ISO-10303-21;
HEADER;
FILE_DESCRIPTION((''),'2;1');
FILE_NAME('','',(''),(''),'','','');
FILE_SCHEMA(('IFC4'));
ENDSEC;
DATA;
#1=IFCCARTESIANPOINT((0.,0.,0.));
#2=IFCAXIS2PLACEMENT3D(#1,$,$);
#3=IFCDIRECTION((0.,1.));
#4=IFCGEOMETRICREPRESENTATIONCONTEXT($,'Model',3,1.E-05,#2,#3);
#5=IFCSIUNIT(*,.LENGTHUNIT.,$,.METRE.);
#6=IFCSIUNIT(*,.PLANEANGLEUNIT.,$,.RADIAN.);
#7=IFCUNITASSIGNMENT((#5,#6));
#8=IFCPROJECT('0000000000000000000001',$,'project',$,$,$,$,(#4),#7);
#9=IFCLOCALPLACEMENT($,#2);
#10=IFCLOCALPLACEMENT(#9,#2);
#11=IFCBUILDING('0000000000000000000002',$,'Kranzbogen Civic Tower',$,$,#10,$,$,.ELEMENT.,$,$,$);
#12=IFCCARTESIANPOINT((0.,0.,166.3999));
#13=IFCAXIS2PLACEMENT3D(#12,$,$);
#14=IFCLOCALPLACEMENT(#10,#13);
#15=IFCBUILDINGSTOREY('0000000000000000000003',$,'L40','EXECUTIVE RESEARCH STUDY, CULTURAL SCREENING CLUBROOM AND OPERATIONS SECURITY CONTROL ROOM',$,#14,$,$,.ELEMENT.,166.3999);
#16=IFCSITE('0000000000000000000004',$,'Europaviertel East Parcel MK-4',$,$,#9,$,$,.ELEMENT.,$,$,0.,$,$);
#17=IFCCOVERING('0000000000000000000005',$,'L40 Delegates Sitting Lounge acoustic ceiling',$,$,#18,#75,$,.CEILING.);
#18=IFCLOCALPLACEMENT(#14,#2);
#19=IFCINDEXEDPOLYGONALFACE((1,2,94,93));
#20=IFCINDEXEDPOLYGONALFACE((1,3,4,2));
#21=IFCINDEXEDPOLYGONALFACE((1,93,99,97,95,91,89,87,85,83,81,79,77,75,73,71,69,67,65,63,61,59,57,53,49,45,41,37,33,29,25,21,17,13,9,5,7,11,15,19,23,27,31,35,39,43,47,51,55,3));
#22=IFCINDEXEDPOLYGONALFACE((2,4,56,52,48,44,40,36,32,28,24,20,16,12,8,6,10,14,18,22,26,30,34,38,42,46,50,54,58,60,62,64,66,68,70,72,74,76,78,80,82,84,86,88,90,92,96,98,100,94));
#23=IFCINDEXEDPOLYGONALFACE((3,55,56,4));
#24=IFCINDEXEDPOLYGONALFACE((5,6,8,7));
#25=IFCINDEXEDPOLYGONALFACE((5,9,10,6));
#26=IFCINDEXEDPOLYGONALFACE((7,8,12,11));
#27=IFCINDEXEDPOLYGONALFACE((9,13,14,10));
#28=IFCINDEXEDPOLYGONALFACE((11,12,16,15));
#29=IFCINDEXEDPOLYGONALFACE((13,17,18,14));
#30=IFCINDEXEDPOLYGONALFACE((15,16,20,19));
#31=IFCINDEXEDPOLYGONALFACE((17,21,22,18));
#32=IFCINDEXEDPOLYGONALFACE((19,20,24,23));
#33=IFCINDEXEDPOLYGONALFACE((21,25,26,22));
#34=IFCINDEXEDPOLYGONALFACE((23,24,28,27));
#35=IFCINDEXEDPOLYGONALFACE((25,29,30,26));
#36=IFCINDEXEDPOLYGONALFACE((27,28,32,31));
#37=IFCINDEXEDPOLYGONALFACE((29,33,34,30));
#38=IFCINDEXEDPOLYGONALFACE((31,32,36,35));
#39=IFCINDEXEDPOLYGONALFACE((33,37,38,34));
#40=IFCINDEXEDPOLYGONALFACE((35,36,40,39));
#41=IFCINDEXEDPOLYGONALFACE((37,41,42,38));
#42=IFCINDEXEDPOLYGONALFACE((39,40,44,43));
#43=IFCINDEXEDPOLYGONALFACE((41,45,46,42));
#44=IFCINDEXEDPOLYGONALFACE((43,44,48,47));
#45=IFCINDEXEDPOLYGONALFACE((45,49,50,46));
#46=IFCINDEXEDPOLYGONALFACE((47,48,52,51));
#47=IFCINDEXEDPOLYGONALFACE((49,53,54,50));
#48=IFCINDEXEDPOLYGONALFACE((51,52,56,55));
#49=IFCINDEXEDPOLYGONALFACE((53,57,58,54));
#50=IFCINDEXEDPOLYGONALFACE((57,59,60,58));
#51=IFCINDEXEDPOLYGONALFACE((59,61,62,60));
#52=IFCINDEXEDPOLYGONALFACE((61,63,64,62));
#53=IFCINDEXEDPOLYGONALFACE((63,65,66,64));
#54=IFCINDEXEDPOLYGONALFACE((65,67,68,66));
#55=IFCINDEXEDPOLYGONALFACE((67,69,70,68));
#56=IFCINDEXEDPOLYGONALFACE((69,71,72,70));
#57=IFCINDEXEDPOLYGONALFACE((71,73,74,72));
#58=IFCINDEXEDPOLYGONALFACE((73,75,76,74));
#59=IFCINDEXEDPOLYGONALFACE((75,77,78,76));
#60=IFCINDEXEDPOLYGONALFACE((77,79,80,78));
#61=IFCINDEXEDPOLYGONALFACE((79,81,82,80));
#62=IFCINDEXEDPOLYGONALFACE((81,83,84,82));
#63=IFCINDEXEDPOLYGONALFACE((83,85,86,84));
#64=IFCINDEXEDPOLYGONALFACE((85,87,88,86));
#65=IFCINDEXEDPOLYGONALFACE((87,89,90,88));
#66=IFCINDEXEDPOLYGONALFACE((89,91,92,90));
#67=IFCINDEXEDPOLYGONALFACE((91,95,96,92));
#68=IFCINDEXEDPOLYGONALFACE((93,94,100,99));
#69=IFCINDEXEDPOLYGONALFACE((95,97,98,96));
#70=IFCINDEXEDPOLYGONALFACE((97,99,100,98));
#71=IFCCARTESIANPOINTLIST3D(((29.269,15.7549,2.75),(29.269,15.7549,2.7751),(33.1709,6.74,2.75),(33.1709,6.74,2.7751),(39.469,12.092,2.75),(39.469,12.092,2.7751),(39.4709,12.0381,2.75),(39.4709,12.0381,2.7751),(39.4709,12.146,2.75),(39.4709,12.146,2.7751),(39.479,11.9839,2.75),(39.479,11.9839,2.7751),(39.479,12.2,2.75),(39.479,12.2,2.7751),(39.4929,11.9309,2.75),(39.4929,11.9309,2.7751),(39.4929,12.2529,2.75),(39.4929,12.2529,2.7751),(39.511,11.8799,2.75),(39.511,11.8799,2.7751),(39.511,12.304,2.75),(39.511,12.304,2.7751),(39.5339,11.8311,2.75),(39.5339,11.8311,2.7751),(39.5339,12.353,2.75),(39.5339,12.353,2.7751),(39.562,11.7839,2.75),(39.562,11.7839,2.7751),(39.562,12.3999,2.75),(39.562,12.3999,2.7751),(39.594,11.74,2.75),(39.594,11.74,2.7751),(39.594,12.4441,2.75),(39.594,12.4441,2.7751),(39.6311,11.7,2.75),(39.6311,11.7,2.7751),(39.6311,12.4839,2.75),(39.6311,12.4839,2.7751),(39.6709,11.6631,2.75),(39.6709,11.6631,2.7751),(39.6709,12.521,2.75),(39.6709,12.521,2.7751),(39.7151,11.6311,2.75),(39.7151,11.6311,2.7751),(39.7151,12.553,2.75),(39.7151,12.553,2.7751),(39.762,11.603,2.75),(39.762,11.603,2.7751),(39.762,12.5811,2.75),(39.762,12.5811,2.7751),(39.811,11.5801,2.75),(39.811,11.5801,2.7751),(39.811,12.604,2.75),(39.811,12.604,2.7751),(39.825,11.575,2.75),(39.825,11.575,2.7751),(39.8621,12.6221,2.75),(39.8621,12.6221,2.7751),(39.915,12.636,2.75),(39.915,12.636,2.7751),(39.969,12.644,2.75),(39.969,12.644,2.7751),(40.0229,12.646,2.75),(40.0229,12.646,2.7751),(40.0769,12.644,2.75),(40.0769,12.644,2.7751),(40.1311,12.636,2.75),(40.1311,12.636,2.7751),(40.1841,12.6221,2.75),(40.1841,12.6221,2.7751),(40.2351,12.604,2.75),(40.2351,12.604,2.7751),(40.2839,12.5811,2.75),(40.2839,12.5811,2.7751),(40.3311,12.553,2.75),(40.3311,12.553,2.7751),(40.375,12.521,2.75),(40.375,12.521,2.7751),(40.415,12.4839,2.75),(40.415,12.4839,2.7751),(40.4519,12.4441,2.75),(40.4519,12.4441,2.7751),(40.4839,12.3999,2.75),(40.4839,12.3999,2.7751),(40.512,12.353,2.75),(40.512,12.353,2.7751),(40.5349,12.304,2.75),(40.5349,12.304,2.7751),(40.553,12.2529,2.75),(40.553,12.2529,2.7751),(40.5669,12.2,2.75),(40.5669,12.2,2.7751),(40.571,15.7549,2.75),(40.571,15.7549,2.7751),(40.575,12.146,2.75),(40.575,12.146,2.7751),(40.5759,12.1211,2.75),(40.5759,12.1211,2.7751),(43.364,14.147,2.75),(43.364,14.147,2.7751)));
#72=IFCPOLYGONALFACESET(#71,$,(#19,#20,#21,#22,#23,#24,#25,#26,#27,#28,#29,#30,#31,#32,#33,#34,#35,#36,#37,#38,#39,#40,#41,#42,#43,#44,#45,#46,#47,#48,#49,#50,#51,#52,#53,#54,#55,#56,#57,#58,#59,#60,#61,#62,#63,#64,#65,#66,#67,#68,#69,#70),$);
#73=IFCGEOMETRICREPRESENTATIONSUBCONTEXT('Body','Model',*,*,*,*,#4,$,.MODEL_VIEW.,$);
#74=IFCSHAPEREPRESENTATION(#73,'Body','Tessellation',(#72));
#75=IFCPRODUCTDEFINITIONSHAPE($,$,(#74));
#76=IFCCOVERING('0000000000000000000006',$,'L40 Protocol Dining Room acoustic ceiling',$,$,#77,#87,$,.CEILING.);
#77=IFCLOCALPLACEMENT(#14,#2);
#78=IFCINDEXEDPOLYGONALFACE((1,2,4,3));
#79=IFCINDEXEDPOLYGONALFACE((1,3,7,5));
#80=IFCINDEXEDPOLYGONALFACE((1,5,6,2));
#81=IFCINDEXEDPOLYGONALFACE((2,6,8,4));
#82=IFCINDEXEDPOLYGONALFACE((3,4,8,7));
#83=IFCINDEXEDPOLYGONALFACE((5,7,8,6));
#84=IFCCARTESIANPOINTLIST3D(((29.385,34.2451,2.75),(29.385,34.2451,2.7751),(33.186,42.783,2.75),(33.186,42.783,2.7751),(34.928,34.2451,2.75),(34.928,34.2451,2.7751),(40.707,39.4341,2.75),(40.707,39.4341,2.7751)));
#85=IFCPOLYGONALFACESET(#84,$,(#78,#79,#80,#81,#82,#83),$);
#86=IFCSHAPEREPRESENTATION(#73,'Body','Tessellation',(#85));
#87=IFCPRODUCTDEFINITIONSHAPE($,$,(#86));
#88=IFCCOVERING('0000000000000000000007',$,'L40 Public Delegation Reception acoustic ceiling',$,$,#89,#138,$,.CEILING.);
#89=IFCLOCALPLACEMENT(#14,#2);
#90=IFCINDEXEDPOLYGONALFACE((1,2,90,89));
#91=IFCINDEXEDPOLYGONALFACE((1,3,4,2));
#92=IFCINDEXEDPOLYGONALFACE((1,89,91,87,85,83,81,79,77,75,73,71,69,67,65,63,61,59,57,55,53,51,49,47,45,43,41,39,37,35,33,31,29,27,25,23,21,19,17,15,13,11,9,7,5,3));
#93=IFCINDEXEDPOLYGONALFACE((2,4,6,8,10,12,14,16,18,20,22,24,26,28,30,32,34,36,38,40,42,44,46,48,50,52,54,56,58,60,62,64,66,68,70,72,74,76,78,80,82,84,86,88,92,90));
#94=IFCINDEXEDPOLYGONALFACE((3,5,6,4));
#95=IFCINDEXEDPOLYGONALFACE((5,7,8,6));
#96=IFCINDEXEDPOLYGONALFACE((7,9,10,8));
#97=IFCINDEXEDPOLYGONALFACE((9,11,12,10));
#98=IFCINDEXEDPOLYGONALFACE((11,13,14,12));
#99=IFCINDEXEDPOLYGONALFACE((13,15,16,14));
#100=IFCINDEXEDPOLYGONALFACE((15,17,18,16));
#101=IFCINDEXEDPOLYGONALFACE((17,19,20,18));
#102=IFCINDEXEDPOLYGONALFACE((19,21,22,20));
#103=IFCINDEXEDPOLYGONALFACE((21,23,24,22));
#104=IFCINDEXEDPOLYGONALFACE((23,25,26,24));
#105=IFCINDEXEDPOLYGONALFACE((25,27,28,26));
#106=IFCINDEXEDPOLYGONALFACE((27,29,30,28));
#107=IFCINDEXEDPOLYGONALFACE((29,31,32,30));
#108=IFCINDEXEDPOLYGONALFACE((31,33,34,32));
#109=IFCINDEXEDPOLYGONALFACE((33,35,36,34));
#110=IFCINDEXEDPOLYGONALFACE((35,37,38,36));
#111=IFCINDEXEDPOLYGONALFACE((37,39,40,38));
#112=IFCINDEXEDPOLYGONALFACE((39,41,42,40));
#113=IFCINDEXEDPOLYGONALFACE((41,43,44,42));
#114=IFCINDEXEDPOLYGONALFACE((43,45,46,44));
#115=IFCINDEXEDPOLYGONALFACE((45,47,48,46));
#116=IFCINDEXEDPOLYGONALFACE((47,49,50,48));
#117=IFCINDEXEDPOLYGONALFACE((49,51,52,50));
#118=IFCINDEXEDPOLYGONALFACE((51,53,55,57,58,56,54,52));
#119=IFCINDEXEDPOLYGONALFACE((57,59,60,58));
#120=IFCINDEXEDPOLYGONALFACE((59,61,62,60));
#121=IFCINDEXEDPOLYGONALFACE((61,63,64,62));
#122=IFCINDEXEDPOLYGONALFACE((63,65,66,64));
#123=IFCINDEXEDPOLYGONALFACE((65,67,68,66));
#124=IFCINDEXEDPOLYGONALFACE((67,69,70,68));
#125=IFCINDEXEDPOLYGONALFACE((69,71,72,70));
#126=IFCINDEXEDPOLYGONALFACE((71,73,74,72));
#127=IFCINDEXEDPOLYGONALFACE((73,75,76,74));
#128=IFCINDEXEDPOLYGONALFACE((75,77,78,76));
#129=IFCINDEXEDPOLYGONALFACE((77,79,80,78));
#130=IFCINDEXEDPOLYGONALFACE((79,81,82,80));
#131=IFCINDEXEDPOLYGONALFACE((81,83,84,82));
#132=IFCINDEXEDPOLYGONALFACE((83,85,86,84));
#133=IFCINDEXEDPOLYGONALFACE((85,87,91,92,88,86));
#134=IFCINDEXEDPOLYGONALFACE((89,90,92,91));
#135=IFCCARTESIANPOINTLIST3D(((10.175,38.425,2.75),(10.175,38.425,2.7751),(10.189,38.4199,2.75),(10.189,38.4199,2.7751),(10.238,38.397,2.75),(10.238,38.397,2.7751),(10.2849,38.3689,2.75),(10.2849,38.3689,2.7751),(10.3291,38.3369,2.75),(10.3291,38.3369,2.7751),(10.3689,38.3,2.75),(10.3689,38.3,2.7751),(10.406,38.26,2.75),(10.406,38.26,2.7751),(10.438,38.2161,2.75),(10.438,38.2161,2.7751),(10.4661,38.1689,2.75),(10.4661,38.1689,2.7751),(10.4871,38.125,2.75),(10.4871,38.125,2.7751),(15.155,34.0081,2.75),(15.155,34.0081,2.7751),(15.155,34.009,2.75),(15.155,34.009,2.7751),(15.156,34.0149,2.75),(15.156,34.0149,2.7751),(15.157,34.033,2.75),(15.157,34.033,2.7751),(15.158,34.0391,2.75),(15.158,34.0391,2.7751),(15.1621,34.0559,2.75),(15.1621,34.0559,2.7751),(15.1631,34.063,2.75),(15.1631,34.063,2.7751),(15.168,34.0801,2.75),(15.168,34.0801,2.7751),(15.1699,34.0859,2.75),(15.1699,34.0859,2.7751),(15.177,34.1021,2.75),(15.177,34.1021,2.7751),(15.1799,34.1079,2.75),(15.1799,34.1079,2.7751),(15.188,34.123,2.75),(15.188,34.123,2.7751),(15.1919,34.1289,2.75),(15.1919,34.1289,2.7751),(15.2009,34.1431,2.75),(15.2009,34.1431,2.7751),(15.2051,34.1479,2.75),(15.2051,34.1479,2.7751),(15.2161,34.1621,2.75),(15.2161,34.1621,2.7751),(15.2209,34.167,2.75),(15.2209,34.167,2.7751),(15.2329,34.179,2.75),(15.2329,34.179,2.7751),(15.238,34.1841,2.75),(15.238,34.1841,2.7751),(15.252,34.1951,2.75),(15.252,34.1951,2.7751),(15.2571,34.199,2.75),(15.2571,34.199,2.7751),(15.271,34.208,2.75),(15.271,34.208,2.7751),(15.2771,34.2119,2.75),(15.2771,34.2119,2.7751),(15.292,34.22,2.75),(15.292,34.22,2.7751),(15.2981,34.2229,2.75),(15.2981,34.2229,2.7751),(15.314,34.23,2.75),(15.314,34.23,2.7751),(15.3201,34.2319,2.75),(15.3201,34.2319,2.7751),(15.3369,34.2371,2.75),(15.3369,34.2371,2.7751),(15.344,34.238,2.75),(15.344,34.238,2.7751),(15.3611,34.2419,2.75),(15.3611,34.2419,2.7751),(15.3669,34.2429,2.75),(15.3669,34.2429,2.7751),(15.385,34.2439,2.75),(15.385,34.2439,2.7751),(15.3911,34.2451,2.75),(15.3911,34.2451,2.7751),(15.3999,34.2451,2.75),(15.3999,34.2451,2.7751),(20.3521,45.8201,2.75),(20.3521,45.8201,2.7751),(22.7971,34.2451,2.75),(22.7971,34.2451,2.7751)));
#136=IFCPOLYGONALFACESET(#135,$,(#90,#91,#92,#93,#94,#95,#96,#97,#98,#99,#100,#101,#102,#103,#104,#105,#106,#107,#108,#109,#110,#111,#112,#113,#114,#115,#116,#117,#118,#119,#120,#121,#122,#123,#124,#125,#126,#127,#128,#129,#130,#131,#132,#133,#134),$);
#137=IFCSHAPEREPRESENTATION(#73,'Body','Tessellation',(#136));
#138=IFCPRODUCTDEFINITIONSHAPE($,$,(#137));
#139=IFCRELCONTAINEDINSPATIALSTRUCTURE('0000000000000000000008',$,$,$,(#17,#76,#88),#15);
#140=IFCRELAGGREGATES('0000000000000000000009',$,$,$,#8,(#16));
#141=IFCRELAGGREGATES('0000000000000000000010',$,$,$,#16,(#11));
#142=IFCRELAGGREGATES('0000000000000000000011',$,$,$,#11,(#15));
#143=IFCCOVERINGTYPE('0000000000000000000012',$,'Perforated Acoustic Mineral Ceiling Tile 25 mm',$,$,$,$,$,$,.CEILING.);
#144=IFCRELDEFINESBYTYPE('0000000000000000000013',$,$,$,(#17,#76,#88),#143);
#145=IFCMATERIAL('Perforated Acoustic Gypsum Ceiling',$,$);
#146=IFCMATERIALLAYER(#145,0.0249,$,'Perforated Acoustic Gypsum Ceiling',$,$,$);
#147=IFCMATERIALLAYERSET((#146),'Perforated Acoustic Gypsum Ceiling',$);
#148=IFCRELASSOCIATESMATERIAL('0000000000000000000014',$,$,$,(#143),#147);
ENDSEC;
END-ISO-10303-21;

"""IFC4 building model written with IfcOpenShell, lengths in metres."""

from ifc_helpers import new_model, si_unit, direction, frame, origin, place, context, subcontext, project, spatial, polyline, outline, extrude, material, layer, layer_set, type_object, element, save


model = new_model("IFC4")

# Units and contexts
model_context = context("Model", 3, precision=1e-05, world=origin(), true_north=direction((0.0, 1.0)))
body_context = subcontext(model_context, "Body", "Model", "MODEL_VIEW")
ifc_project = project(units=[si_unit("LENGTHUNIT", "METRE"), si_unit("PLANEANGLEUNIT", "RADIAN")], contexts=[model_context])

# Site, building, storey
site_placement = place(None, origin())
site = spatial("IfcSite", under=ifc_project, at=site_placement, Name="Europaviertel East Parcel MK-4", CompositionType="ELEMENT", RefElevation=0.0)
building_placement = place(site_placement, origin())
building = spatial("IfcBuilding", under=site, at=building_placement, Name="Kranzbogen Civic Tower", CompositionType="ELEMENT")
storey_placement = place(building_placement, frame((0.0, 0.0, 166.3999)))
storey = spatial("IfcBuildingStorey", under=building, at=storey_placement, Name="L40", Description="EXECUTIVE RESEARCH STUDY, CULTURAL SCREENING CLUBROOM AND OPERATIONS SECURITY CONTROL ROOM", CompositionType="ELEMENT", Elevation=166.3999)

# Coverings
ifc_material_1 = material(Name="Perforated Acoustic Gypsum Ceiling")
ifc_layer_1 = layer(ifc_material_1, 0.0249, Name="Perforated Acoustic Gypsum Ceiling")
ifc_layer_set_1 = layer_set([ifc_layer_1], Name="Perforated Acoustic Gypsum Ceiling")
covering_type = type_object("IfcCoveringType", Name="Perforated Acoustic Mineral Ceiling Tile 25 mm", PredefinedType="CEILING", material=ifc_layer_set_1)
covering_1_placement = place(storey_placement, frame((0.0, 0.0, 2.75)))
element("IfcCovering", 1, at=covering_1_placement, inside=storey, type_object=covering_type, Name="L40 Delegates Sitting Lounge acoustic ceiling", PredefinedType="CEILING", context=body_context, shape_type="SweptSolid", body=[
    extrude(outline(polyline([(29.269, 15.7549), (40.571, 15.7549), (43.364, 14.147), (40.5759, 12.1211), (40.575, 12.146), (40.5669, 12.2), (40.553, 12.2529), (40.5349, 12.304), (40.512, 12.353), (40.4839, 12.3999), (40.4519, 12.4441), (40.415, 12.4839), (40.375, 12.521), (40.3311, 12.553), (40.2839, 12.5811), (40.2351, 12.604), (40.1841, 12.6221), (40.1311, 12.636), (40.0769, 12.644), (40.0229, 12.646), (39.969, 12.644), (39.915, 12.636), (39.8621, 12.6221), (39.811, 12.604), (39.762, 12.5811), (39.7151, 12.553), (39.6709, 12.521), (39.6311, 12.4839), (39.594, 12.4441), (39.562, 12.3999), (39.5339, 12.353), (39.511, 12.304), (39.4929, 12.2529), (39.479, 12.2), (39.4709, 12.146), (39.469, 12.092), (39.4709, 12.0381), (39.479, 11.9839), (39.4929, 11.9309), (39.511, 11.8799), (39.5339, 11.8311), (39.562, 11.7839), (39.594, 11.74), (39.6311, 11.7), (39.6709, 11.6631), (39.7151, 11.6311), (39.762, 11.603), (39.811, 11.5801), (39.825, 11.575), (33.1709, 6.74), (29.269, 15.7549)])), origin(), (0.0, 0.0, 1.0), 0.0251),
])
covering_2_placement = place(storey_placement, frame((0.0, 0.0, 2.75)))
element("IfcCovering", 2, at=covering_2_placement, inside=storey, type_object=covering_type, Name="L40 Protocol Dining Room acoustic ceiling", PredefinedType="CEILING", context=body_context, shape_type="SweptSolid", body=[
    extrude(outline(polyline([(34.928, 34.2451), (29.385, 34.2451), (33.186, 42.783), (40.707, 39.4341), (34.928, 34.2451)])), origin(), (0.0, 0.0, 1.0), 0.0251),
])
covering_3_placement = place(storey_placement, frame((0.0, 0.0, 2.75)))
element("IfcCovering", 3, at=covering_3_placement, inside=storey, type_object=covering_type, Name="L40 Public Delegation Reception acoustic ceiling", PredefinedType="CEILING", context=body_context, shape_type="SweptSolid", body=[
    extrude(outline(polyline([(10.4871, 38.125), (10.4661, 38.1689), (10.438, 38.2161), (10.406, 38.26), (10.3689, 38.3), (10.3291, 38.3369), (10.2849, 38.3689), (10.238, 38.397), (10.189, 38.4199), (10.175, 38.425), (20.3521, 45.8201), (22.7971, 34.2451), (15.3999, 34.2451), (15.3911, 34.2451), (15.385, 34.2439), (15.3669, 34.2429), (15.3611, 34.2419), (15.344, 34.238), (15.3369, 34.2371), (15.3201, 34.2319), (15.314, 34.23), (15.2981, 34.2229), (15.292, 34.22), (15.2771, 34.2119), (15.271, 34.208), (15.2571, 34.199), (15.252, 34.1951), (15.238, 34.1841), (15.2329, 34.179), (15.2209, 34.167), (15.2161, 34.1621), (15.2051, 34.1479), (15.2009, 34.1431), (15.1919, 34.1289), (15.188, 34.123), (15.1799, 34.1079), (15.177, 34.1021), (15.1699, 34.0859), (15.168, 34.0801), (15.1631, 34.063), (15.1621, 34.0559), (15.158, 34.0391), (15.157, 34.033), (15.156, 34.0149), (15.155, 34.009), (15.155, 34.0081), (10.4871, 38.125)])), origin(), (0.0, 0.0, 1.0), 0.0251),
])

save(model, "model.ifc")
